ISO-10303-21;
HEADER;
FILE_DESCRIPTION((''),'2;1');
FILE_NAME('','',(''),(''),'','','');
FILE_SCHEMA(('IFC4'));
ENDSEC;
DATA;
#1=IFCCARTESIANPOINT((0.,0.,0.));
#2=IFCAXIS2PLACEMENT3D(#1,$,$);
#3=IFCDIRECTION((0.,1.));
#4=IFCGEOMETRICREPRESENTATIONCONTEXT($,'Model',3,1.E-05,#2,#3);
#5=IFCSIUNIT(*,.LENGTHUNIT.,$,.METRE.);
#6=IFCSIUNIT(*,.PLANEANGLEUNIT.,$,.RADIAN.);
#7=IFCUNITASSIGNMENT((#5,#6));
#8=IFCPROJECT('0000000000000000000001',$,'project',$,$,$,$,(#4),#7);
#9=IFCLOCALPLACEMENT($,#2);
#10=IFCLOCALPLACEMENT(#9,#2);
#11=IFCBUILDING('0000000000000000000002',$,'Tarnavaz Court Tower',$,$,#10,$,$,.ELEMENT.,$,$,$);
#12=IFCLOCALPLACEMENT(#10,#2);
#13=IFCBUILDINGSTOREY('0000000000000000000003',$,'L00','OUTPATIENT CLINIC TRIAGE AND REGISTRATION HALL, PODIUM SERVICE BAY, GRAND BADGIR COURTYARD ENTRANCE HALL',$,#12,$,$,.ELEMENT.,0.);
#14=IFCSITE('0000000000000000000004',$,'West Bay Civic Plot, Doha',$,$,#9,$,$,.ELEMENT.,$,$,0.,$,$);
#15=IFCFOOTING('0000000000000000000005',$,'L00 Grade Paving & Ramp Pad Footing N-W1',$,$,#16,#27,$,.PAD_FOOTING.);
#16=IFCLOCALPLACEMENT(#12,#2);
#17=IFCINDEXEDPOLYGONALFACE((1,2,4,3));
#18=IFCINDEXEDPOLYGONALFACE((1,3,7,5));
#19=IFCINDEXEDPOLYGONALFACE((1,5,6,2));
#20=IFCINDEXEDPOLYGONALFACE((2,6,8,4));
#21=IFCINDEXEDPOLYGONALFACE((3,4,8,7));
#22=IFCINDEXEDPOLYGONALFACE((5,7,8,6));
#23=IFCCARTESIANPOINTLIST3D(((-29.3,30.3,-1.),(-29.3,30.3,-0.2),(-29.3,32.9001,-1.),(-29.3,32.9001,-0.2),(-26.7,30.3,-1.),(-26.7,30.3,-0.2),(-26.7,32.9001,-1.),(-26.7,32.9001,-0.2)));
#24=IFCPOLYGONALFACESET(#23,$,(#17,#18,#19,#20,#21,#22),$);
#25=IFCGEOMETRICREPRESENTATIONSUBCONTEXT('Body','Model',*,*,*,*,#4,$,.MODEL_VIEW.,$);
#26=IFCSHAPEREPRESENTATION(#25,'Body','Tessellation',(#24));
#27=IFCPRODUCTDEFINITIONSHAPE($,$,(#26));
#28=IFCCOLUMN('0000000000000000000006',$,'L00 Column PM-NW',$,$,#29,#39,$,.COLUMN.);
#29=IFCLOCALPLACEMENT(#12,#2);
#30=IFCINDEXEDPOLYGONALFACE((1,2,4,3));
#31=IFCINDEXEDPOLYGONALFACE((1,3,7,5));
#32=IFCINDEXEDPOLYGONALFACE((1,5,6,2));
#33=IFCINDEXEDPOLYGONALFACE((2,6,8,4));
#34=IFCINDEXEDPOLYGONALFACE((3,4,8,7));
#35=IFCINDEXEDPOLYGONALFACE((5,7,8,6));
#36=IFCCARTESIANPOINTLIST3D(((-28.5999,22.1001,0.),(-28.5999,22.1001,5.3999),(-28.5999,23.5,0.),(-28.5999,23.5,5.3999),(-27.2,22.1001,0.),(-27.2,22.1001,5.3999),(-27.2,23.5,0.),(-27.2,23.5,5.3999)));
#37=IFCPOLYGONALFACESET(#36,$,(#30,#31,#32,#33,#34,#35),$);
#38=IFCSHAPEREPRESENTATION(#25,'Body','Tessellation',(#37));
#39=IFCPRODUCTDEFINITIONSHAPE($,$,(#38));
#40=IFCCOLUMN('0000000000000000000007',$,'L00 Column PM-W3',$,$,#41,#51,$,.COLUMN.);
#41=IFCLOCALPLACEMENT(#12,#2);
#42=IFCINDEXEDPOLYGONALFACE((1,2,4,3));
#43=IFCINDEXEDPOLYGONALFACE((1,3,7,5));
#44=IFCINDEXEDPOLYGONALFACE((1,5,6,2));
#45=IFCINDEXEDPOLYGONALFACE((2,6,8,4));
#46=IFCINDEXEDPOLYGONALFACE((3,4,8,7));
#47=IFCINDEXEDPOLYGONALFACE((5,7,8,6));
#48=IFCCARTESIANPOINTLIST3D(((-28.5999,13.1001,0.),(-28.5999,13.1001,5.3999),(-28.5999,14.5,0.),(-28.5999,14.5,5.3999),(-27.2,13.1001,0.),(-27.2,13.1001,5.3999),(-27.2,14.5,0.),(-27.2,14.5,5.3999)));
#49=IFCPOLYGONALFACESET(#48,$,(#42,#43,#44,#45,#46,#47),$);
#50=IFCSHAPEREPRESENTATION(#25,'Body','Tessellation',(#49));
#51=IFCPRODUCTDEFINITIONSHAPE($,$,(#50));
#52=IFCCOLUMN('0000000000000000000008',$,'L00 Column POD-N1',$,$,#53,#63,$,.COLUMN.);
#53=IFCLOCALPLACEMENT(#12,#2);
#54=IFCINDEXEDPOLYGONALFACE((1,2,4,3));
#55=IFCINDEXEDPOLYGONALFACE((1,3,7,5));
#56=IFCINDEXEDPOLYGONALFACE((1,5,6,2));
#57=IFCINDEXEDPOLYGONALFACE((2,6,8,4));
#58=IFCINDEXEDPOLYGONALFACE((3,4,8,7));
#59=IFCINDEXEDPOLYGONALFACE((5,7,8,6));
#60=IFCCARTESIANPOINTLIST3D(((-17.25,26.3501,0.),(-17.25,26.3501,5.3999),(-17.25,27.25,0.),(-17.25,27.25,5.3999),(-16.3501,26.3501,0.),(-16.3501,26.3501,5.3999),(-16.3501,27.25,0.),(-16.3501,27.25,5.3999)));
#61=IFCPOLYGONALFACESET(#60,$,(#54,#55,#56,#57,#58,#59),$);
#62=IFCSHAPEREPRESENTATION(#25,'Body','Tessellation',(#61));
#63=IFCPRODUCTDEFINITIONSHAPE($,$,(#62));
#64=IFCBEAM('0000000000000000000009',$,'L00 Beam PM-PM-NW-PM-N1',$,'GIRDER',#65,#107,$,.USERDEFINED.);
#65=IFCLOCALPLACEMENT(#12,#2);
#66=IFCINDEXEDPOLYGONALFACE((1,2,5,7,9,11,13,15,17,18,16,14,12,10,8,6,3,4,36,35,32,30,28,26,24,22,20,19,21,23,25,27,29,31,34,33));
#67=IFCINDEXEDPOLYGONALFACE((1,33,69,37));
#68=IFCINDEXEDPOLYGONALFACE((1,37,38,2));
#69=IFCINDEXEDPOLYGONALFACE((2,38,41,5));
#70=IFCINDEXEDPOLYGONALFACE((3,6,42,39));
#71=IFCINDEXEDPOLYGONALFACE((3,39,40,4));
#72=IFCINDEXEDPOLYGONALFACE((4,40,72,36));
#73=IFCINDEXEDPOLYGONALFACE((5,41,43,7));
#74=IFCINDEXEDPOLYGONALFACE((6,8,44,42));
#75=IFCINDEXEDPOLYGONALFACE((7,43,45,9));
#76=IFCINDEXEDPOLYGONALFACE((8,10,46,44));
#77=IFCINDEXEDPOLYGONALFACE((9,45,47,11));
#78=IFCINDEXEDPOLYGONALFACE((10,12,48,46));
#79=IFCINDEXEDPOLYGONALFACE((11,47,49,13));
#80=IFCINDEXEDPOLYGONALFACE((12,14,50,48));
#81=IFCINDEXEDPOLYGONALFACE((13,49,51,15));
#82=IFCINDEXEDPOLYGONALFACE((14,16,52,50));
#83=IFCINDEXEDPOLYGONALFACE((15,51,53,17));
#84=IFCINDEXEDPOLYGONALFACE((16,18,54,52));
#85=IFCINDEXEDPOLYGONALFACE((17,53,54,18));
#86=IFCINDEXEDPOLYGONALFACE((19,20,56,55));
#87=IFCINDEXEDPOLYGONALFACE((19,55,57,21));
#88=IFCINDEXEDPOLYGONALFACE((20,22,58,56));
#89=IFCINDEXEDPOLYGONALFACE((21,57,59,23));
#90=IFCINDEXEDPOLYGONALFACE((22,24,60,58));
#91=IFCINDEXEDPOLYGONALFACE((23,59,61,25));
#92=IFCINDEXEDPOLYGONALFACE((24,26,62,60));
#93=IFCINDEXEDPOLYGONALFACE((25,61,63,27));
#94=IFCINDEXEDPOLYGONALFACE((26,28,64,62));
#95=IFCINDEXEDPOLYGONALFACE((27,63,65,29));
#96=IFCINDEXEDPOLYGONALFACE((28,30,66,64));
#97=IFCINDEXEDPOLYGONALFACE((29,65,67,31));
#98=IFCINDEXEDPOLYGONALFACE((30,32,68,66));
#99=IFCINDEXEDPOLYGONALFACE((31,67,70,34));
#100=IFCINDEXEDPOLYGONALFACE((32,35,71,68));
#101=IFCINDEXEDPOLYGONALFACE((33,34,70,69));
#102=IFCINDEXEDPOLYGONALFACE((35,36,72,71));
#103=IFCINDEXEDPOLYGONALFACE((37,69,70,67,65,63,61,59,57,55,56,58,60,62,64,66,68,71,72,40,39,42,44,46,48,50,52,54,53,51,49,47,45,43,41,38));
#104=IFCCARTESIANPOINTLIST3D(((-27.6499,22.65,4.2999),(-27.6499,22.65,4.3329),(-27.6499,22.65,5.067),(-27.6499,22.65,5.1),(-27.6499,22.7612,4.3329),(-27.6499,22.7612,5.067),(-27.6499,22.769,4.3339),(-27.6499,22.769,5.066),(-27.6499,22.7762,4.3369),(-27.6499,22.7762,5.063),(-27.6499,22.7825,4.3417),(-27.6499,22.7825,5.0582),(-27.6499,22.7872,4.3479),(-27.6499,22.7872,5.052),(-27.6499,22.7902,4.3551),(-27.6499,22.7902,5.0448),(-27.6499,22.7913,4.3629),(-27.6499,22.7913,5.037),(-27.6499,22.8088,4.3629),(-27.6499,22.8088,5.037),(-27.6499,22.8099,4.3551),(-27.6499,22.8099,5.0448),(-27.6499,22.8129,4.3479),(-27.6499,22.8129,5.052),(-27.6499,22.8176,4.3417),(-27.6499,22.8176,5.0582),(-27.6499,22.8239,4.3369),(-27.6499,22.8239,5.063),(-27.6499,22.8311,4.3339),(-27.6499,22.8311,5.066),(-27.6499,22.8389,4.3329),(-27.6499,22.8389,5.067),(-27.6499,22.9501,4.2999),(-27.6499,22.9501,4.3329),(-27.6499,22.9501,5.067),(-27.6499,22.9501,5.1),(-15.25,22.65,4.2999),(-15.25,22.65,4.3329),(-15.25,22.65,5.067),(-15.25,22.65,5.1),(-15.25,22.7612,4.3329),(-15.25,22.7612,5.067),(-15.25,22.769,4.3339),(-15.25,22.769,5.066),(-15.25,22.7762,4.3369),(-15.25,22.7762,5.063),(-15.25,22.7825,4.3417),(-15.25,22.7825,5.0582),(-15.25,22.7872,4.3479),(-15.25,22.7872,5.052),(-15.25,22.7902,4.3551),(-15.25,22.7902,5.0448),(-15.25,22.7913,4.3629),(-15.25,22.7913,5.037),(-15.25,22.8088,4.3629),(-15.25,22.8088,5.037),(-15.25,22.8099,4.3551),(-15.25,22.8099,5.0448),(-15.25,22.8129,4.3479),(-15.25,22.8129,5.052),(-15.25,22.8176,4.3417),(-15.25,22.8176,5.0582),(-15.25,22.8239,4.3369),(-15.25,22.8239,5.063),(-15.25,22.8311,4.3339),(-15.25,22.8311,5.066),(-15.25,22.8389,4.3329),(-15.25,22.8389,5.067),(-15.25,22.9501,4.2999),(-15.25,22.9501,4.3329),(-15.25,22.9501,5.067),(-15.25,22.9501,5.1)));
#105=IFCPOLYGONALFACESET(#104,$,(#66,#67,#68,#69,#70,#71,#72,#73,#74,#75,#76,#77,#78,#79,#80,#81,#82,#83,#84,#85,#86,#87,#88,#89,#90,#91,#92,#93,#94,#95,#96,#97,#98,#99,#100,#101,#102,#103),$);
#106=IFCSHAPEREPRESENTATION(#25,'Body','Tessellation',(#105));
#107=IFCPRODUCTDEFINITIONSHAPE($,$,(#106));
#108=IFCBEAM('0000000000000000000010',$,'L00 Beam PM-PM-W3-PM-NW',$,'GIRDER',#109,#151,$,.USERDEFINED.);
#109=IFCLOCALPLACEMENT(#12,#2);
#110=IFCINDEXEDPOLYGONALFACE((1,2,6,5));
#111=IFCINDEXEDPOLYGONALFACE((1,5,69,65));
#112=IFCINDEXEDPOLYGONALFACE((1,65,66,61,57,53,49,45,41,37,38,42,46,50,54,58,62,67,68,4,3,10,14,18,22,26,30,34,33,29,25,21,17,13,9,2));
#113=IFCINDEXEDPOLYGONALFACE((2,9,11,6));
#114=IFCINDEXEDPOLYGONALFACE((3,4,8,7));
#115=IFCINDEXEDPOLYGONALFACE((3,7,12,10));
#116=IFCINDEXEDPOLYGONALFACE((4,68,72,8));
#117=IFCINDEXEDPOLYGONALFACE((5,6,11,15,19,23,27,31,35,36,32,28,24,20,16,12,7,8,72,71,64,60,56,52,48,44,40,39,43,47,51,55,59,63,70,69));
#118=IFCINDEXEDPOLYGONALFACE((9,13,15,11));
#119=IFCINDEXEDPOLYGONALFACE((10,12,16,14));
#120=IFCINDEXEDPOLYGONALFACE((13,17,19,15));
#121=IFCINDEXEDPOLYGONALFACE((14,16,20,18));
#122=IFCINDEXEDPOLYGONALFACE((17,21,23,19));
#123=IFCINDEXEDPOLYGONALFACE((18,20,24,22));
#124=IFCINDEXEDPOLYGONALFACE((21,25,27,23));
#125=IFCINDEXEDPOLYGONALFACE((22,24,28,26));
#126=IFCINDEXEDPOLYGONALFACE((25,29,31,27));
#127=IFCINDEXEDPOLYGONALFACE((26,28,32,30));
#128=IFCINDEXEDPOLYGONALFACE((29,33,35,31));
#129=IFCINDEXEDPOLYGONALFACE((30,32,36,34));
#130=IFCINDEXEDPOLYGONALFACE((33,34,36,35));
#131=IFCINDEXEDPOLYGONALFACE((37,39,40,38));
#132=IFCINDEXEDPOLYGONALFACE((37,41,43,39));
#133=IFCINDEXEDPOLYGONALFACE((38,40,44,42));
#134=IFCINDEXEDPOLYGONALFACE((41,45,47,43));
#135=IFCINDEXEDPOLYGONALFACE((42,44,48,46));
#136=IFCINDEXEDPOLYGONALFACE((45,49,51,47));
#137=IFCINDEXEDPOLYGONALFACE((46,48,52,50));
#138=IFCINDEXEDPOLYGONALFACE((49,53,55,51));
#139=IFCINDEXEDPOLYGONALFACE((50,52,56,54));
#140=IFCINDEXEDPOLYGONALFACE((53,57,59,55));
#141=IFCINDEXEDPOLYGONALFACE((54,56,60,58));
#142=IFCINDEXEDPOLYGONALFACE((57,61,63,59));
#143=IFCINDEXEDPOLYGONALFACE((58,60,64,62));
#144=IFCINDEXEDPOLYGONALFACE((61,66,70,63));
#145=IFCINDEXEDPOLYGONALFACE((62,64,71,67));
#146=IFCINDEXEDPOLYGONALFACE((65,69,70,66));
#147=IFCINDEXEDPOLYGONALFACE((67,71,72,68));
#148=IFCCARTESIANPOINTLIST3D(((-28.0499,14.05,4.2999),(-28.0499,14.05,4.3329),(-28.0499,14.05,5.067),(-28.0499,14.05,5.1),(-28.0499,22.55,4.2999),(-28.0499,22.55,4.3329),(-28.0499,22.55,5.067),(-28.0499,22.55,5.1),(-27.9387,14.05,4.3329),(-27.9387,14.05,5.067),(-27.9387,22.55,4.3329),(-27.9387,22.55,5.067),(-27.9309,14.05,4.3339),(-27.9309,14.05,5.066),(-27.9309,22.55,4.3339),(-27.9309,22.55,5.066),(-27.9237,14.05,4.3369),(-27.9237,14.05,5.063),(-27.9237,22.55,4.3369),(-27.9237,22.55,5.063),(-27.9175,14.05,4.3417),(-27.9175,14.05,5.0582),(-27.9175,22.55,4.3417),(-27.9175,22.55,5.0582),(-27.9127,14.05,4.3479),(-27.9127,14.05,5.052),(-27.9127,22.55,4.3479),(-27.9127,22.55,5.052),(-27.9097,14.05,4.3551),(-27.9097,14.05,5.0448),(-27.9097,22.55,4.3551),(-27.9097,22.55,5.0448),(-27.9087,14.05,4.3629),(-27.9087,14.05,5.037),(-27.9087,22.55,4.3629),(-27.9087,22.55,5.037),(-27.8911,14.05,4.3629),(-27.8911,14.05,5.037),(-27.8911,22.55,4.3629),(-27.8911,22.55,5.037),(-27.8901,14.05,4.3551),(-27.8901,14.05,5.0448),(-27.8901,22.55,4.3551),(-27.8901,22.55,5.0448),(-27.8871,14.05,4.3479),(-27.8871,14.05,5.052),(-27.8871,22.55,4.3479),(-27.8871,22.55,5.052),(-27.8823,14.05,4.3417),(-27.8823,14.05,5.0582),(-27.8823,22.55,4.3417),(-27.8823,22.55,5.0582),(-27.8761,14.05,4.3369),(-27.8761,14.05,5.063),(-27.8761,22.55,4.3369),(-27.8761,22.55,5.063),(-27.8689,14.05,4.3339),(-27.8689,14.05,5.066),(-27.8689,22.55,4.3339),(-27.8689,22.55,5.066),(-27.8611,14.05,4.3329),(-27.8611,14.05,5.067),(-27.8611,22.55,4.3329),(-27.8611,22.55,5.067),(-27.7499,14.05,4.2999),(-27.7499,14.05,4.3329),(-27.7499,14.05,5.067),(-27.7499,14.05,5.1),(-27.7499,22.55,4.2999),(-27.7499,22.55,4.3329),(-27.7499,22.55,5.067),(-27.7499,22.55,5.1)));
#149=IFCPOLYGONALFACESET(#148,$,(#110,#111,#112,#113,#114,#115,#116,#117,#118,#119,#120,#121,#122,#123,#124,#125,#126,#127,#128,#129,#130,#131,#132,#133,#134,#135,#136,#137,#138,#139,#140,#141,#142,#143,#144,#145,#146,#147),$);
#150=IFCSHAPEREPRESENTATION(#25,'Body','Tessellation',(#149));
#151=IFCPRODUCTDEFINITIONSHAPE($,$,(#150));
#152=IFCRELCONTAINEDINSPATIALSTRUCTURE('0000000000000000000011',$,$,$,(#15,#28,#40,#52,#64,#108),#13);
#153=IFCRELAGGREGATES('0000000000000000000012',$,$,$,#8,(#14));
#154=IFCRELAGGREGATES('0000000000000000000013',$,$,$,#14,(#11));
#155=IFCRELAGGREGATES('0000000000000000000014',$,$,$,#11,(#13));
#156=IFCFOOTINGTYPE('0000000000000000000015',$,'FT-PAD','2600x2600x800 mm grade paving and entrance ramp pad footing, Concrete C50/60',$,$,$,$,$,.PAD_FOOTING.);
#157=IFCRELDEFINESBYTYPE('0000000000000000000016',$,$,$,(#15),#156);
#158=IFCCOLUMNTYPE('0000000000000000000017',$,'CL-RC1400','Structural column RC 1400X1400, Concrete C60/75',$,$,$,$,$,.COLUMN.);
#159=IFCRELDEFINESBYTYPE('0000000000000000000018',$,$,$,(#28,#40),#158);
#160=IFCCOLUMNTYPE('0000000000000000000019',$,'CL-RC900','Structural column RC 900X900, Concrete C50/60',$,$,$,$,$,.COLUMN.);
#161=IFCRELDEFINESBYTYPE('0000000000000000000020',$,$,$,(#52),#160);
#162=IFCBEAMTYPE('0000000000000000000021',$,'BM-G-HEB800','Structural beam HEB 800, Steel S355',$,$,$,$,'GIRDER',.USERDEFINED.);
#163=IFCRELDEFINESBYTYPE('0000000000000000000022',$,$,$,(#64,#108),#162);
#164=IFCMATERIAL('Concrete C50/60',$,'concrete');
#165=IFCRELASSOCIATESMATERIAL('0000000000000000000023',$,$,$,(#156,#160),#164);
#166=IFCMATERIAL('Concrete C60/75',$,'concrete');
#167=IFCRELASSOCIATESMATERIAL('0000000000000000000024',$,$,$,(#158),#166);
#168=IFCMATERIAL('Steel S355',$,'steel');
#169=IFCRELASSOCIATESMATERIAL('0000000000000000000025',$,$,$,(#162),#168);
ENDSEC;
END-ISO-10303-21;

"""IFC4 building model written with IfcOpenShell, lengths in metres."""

from ifc_helpers import new_model, si_unit, direction, frame, origin, origin_2d, place, context, subcontext, project, spatial, rectangle, i_section, extrude, material, material_profile, profile_set, type_object, element, save


model = new_model("IFC4")

# Units and contexts
model_context = context("Model", 3, precision=1e-05, world=origin(), true_north=direction((0.0, 1.0)))
body_context = subcontext(model_context, "Body", "Model", "MODEL_VIEW")
ifc_project = project(units=[si_unit("LENGTHUNIT", "METRE"), si_unit("PLANEANGLEUNIT", "RADIAN")], contexts=[model_context])

# Site, building, storey
site_placement = place(None, origin())
site = spatial("IfcSite", under=ifc_project, at=site_placement, Name="West Bay Civic Plot, Doha", CompositionType="ELEMENT", RefElevation=0.0)
building_placement = place(site_placement, origin())
building = spatial("IfcBuilding", under=site, at=building_placement, Name="Tarnavaz Court Tower", CompositionType="ELEMENT")
storey_placement = place(building_placement, origin())
storey = spatial("IfcBuildingStorey", under=building, at=storey_placement, Name="L00", Description="OUTPATIENT CLINIC TRIAGE AND REGISTRATION HALL, PODIUM SERVICE BAY, GRAND BADGIR COURTYARD ENTRANCE HALL", CompositionType="ELEMENT", Elevation=0.0)

# Footing
ifc_material_1 = material(Name="Concrete C50/60", Category="concrete")
footing_type = type_object("IfcFootingType", Name="FT-PAD", Description="2600x2600x800 mm grade paving and entrance ramp pad footing, Concrete C50/60", PredefinedType="PAD_FOOTING", material=ifc_material_1)
footing_placement = place(storey_placement, frame((-28.0, 31.6001, -1.0), z_axis=(0.0, 0.0, 1.0), x_axis=(1.0, 0.0, 0.0)))
element("IfcFooting", 1, at=footing_placement, inside=storey, type_object=footing_type, Name="L00 Grade Paving & Ramp Pad Footing N-W1", PredefinedType="PAD_FOOTING", context=body_context, shape_type="SweptSolid", body=[
    extrude(rectangle(XDim=2.6001, YDim=2.6001, at=origin_2d()), origin(), (0.0, 0.0, 1.0), 0.8),
])

# Columns
ifc_material_2 = material(Name="Concrete C60/75", Category="concrete")
ifc_material_profile_1 = material_profile(ifc_material_2, rectangle(XDim=1.3999, YDim=1.3999, at=origin_2d()), Name="RC 1400X1400")
ifc_profile_set_1 = profile_set([ifc_material_profile_1], Name="Concrete C60/75")
column_type_1 = type_object("IfcColumnType", Name="CL-RC1400", Description="Structural column RC 1400X1400, Concrete C60/75", PredefinedType="COLUMN", material=ifc_profile_set_1)
for number, where, z_axis, x_axis, name in (
    (2, (-27.8999, 22.8, 0.0), (0.0, 0.0, 1.0), (1.0, 0.0, 0.0), "L00 Column PM-NW"),
    (3, (-27.8999, 13.8, 0.0), (0.0, 0.0, 1.0), (1.0, 0.0, 0.0), "L00 Column PM-W3"),
):
    element("IfcColumn", number, at=place(storey_placement, frame(where, z_axis=z_axis, x_axis=x_axis)), inside=storey, type_object=column_type_1, Name=name, PredefinedType="COLUMN", context=body_context, shape_type="SweptSolid", body=[
        extrude(rectangle(XDim=1.3999, YDim=1.3999, at=origin_2d()), origin(), (0.0, 0.0, 1.0), 5.3999),
    ])
ifc_material_profile_2 = material_profile(ifc_material_1, rectangle(XDim=0.8999, YDim=0.8999, at=origin_2d()), Name="RC 900X900")
ifc_profile_set_2 = profile_set([ifc_material_profile_2], Name="Concrete C50/60")
column_type_2 = type_object("IfcColumnType", Name="CL-RC900", Description="Structural column RC 900X900, Concrete C50/60", PredefinedType="COLUMN", material=ifc_profile_set_2)
column_placement = place(storey_placement, frame((-16.8, 26.8, 0.0), z_axis=(0.0, 0.0, 1.0), x_axis=(1.0, 0.0, 0.0)))
element("IfcColumn", 4, at=column_placement, inside=storey, type_object=column_type_2, Name="L00 Column POD-N1", PredefinedType="COLUMN", context=body_context, shape_type="SweptSolid", body=[
    extrude(rectangle(XDim=0.8999, YDim=0.8999, at=origin_2d()), origin(), (0.0, 0.0, 1.0), 5.3999),
])

# Beams
ifc_material_3 = material(Name="Steel S355", Category="steel")
ifc_material_profile_3 = material_profile(ifc_material_3, i_section(OverallWidth=0.3, OverallDepth=0.8, WebThickness=0.0176, FlangeThickness=0.033, FilletRadius=0.03, at=origin_2d()), Name="HEB 800")
ifc_profile_set_3 = profile_set([ifc_material_profile_3], Name="Steel S355")
beam_type_1 = type_object("IfcBeamType", Name="BM-G-HEB800", Description="Structural beam HEB 800, Steel S355", ElementType="GIRDER", PredefinedType="USERDEFINED", material=ifc_profile_set_3)
beam_1_placement = place(storey_placement, frame((-27.6499, 22.8, 4.7), z_axis=(1.0, 0.0, 0.0), x_axis=(0.0, 1.0, 0.0)))
element("IfcBeam", 5, at=beam_1_placement, inside=storey, type_object=beam_type_1, Name="L00 Beam PM-PM-NW-PM-N1", ObjectType="GIRDER", PredefinedType="USERDEFINED", context=body_context, shape_type="SweptSolid", body=[
    extrude(i_section(OverallWidth=0.3, OverallDepth=0.8, WebThickness=0.0176, FlangeThickness=0.033, FilletRadius=0.03, at=origin_2d()), origin(), (0.0, 0.0, 1.0), 12.3999),
])
beam_2_placement = place(storey_placement, frame((-27.8999, 14.05, 4.7), z_axis=(0.0, 1.0, 0.0), x_axis=(-1.0, 0.0, 0.0)))
element("IfcBeam", 6, at=beam_2_placement, inside=storey, type_object=beam_type_1, Name="L00 Beam PM-PM-W3-PM-NW", ObjectType="GIRDER", PredefinedType="USERDEFINED", context=body_context, shape_type="SweptSolid", body=[
    extrude(i_section(OverallWidth=0.3, OverallDepth=0.8, WebThickness=0.0176, FlangeThickness=0.033, FilletRadius=0.03, at=origin_2d()), origin(), (0.0, 0.0, 1.0), 8.5),
])

save(model, "model.ifc")
